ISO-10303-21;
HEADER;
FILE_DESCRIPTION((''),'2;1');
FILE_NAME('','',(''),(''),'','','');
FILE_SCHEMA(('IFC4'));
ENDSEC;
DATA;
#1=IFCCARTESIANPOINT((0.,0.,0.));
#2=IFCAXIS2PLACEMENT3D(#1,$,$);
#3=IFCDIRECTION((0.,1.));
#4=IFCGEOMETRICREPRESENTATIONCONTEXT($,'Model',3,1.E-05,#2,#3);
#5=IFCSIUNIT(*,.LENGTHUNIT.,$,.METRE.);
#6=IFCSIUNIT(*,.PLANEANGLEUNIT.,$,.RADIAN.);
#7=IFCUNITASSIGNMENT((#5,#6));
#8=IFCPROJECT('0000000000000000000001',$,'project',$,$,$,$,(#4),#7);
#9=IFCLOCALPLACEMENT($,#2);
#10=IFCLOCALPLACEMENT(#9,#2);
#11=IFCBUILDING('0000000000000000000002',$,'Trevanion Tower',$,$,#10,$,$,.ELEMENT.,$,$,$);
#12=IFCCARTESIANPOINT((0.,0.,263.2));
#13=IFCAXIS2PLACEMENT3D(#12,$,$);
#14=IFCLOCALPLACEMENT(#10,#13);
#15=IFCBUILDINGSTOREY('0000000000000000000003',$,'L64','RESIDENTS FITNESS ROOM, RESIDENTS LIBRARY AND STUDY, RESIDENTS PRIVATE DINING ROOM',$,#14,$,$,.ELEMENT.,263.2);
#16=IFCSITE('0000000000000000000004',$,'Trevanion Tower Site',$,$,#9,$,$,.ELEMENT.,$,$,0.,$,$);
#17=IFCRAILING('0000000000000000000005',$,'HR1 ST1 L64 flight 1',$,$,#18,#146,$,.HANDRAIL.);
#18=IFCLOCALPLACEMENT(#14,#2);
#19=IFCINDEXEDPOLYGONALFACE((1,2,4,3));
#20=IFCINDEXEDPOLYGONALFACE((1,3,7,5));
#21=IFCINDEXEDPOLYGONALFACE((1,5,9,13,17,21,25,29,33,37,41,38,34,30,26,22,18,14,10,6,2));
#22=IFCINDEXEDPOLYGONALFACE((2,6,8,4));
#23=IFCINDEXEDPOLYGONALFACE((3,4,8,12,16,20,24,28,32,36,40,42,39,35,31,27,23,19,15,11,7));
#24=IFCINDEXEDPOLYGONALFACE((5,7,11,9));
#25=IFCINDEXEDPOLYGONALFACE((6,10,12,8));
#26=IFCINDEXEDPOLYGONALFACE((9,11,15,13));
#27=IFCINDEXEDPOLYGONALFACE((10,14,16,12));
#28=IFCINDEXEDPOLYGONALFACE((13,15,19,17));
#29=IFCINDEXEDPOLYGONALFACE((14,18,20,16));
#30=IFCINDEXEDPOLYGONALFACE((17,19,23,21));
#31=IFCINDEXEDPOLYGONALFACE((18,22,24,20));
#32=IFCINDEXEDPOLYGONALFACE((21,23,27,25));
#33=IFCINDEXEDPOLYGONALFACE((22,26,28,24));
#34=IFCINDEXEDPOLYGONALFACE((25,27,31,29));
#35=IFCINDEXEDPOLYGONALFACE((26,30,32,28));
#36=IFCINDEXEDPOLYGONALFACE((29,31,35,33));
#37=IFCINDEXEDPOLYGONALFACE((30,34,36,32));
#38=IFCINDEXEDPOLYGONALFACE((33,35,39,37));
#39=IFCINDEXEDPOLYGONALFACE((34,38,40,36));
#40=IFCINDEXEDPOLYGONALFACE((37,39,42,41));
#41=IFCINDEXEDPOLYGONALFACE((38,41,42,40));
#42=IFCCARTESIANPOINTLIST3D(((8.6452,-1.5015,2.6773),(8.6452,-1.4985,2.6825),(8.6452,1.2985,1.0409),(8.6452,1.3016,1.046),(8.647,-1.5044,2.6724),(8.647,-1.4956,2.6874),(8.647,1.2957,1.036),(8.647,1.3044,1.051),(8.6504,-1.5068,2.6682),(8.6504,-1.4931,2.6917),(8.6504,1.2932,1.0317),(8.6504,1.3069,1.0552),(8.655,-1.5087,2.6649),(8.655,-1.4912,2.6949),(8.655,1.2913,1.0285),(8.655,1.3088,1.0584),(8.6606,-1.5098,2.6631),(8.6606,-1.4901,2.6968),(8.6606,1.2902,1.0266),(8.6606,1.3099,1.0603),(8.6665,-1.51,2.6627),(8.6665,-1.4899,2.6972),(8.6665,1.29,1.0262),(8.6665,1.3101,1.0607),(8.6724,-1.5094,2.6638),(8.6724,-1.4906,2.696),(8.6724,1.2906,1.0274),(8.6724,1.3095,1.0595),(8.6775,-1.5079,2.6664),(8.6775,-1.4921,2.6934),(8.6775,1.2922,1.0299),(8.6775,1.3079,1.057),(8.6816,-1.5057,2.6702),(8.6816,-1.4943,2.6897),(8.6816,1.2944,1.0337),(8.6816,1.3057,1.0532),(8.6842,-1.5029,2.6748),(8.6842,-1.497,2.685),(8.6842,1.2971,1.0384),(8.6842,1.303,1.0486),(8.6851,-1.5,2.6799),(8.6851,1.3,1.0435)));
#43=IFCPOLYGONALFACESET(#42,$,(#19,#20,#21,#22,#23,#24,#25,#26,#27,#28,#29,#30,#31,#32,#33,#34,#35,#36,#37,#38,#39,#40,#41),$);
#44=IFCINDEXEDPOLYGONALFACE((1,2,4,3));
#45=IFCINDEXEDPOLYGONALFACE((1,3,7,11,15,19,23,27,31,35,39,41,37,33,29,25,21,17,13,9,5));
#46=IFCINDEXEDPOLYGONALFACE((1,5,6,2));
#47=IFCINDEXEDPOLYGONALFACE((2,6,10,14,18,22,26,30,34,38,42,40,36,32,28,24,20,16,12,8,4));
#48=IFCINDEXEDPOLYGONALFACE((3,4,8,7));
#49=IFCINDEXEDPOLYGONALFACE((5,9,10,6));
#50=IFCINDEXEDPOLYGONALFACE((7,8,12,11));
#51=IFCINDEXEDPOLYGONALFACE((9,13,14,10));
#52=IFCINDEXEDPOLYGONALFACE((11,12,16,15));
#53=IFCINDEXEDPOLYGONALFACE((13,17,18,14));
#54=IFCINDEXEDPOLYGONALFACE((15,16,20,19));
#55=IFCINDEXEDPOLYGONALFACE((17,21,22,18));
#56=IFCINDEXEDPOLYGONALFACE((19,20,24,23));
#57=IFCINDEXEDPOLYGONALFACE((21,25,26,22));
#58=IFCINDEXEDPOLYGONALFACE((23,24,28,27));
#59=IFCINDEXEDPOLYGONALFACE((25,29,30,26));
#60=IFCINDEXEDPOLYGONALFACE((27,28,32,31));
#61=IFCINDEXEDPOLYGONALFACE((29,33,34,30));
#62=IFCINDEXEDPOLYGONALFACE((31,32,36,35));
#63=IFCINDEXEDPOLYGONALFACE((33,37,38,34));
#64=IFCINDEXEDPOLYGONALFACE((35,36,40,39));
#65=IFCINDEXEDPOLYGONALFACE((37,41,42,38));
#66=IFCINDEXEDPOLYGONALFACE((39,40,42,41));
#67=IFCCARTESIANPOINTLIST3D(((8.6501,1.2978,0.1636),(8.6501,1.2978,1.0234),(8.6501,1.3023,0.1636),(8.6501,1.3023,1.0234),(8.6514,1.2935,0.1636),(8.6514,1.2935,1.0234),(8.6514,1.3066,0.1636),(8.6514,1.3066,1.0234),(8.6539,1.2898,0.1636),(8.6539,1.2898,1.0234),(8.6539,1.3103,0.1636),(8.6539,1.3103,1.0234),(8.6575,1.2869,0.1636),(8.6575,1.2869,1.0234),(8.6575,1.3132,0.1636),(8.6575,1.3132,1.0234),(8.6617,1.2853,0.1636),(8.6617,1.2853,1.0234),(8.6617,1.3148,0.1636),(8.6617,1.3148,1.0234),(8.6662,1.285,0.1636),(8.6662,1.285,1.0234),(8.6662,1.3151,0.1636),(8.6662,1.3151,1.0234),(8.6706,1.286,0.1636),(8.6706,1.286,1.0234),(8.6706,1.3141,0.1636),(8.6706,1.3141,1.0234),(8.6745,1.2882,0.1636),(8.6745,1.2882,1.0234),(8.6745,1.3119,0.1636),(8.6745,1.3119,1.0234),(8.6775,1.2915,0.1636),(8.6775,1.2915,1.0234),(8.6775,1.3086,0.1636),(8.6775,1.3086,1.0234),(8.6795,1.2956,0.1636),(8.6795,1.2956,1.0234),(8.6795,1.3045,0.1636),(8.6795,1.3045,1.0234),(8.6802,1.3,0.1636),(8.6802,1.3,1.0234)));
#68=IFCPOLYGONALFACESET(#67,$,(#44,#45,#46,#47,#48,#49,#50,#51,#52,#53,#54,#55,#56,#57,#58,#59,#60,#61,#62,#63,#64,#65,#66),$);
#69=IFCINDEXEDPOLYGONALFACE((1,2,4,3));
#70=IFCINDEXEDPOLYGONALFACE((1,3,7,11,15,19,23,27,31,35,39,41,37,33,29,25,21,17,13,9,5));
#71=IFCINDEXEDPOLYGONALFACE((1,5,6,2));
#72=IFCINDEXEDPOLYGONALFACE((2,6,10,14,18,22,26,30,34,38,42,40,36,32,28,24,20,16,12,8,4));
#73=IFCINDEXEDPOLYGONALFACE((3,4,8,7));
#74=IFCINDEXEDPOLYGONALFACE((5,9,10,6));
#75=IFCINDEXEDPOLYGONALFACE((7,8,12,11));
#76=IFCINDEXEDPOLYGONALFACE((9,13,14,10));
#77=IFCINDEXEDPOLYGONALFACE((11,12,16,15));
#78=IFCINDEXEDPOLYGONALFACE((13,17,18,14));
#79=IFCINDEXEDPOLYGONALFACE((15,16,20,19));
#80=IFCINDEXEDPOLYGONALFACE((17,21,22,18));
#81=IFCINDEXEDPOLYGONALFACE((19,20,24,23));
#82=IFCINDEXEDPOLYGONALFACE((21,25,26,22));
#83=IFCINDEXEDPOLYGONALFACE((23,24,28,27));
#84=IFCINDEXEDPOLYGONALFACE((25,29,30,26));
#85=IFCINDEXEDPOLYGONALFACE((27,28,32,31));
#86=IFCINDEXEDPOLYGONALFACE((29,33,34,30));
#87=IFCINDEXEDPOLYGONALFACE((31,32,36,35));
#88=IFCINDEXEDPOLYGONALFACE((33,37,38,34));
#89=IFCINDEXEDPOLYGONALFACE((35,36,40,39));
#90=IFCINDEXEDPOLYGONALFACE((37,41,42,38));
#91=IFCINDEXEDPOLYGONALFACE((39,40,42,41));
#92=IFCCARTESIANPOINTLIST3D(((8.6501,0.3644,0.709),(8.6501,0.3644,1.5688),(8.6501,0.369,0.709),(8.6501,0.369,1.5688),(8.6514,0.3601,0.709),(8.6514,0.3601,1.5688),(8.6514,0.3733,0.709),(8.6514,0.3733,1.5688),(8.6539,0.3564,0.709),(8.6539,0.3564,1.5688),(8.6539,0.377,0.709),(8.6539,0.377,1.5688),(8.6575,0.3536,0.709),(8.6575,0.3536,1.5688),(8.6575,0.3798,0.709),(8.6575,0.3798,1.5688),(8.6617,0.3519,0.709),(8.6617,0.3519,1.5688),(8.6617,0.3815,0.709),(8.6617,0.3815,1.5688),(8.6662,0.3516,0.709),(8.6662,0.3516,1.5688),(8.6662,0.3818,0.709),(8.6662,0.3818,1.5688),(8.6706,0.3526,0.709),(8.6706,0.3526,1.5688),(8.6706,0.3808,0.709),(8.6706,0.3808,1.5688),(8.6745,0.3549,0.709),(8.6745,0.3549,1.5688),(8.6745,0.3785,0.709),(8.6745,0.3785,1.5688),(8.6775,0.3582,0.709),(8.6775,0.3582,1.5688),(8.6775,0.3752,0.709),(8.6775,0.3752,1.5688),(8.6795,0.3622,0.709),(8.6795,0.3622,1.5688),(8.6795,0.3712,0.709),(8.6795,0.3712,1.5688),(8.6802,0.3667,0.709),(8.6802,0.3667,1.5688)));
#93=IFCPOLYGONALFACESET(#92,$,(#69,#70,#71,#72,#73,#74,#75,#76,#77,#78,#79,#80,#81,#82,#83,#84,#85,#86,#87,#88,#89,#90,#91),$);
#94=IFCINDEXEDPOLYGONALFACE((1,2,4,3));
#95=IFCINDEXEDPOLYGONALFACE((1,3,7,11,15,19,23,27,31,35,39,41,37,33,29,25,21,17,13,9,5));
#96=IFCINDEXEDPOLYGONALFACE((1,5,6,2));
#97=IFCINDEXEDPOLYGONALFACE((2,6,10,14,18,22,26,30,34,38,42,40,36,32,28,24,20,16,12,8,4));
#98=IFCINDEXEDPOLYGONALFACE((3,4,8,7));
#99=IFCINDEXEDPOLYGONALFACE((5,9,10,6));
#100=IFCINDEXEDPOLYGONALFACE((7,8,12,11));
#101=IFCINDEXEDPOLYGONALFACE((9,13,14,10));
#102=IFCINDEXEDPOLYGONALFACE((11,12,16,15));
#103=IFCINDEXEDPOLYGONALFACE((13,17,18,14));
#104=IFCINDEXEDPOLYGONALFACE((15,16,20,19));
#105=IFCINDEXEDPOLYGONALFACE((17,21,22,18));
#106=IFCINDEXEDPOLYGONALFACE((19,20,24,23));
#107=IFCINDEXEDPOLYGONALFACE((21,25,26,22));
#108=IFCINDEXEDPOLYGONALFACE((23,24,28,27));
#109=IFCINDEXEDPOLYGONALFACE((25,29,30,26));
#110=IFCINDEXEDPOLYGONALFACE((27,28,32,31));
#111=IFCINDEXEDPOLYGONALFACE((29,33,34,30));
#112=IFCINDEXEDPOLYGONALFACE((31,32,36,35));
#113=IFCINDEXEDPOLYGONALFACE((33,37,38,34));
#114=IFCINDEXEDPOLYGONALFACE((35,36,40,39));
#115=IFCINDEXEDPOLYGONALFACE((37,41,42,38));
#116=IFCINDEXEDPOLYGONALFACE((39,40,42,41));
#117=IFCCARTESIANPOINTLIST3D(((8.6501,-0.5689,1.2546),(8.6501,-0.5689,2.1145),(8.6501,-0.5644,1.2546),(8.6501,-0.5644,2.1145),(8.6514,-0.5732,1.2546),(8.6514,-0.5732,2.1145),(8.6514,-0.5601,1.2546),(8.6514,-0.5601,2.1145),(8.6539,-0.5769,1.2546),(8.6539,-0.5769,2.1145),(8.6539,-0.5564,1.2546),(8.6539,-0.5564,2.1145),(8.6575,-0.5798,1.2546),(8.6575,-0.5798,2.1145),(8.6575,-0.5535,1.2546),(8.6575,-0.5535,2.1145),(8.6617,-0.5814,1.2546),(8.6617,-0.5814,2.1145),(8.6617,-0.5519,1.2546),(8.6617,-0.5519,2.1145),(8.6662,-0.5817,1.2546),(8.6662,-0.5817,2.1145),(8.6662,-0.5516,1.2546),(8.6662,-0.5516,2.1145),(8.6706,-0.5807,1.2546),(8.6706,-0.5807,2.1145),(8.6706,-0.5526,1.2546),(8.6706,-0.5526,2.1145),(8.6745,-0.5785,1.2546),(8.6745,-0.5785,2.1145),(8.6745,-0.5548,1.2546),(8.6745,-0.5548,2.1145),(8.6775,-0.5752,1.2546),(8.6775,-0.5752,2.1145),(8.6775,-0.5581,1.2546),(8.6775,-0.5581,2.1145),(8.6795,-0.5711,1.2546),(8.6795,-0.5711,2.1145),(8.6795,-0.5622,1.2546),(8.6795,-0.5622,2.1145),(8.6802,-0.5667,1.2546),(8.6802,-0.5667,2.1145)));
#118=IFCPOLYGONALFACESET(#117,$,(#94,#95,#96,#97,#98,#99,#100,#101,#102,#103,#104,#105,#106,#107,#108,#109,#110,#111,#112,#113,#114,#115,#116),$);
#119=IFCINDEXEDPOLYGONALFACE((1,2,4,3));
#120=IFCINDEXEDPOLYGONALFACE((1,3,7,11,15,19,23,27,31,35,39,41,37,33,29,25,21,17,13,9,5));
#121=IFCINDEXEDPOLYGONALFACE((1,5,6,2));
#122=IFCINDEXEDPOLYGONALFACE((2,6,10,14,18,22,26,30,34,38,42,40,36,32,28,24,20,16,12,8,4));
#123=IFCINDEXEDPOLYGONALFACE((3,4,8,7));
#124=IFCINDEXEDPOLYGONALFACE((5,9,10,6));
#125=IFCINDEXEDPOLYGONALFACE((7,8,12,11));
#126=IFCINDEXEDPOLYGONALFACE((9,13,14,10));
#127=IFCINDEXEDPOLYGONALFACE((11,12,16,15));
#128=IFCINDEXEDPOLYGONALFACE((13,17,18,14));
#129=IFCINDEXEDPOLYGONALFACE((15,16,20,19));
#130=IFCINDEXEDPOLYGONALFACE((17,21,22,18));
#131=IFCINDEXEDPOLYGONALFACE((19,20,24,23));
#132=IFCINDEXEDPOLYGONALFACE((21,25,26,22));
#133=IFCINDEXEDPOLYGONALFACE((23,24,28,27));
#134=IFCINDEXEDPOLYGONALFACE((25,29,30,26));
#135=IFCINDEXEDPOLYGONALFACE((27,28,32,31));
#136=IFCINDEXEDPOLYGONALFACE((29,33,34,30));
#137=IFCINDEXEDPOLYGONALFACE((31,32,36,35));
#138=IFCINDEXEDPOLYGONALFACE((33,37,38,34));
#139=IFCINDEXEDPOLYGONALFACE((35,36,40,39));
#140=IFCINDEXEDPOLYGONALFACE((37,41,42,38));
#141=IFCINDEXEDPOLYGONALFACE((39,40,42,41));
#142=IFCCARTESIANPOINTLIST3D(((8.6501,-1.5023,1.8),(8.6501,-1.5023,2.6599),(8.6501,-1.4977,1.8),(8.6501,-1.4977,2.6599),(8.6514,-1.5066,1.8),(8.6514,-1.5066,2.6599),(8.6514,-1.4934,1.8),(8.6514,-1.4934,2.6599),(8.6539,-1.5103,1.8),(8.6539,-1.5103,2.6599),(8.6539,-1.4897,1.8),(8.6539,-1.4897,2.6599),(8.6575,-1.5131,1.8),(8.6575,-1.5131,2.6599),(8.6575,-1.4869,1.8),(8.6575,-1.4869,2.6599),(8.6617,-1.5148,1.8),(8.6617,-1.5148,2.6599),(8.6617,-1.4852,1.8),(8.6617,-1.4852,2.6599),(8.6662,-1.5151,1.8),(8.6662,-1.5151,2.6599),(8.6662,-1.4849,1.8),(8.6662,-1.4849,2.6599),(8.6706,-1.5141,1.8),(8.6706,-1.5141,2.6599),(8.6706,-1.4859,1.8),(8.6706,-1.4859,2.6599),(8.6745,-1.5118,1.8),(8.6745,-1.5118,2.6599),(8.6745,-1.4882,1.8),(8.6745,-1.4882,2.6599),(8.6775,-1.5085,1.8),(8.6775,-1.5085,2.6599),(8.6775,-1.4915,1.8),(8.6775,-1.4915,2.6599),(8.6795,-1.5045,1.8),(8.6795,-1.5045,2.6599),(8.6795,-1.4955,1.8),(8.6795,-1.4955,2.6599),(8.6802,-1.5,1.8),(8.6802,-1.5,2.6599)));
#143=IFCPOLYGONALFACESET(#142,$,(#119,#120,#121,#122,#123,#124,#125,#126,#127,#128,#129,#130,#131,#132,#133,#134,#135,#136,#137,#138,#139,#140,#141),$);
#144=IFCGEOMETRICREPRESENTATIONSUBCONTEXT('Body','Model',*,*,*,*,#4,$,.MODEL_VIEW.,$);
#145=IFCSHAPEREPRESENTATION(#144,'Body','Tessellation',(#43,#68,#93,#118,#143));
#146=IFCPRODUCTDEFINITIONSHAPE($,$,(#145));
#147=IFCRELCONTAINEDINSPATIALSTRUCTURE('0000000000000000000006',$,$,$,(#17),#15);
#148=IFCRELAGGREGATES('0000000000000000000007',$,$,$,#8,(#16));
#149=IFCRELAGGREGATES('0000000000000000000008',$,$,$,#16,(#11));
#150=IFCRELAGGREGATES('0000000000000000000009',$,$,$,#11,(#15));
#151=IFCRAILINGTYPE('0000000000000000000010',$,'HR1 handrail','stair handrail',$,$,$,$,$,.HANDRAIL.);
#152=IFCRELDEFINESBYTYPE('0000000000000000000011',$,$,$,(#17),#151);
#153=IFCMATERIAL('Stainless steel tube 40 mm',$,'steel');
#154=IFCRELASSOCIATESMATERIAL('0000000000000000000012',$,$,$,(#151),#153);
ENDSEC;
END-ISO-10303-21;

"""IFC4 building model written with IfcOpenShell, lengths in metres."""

from ifc_helpers import new_model, si_unit, direction, frame, origin, origin_2d, place, context, subcontext, project, spatial, circle, extrude, material, type_object, element, save


model = new_model("IFC4")

# Units and contexts
model_context = context("Model", 3, precision=1e-05, world=origin(), true_north=direction((0.0, 1.0)))
body_context = subcontext(model_context, "Body", "Model", "MODEL_VIEW")
ifc_project = project(units=[si_unit("LENGTHUNIT", "METRE"), si_unit("PLANEANGLEUNIT", "RADIAN")], contexts=[model_context])

# Site, building, storey
site_placement = place(None, origin())
site = spatial("IfcSite", under=ifc_project, at=site_placement, Name="Trevanion Tower Site", CompositionType="ELEMENT", RefElevation=0.0)
building_placement = place(site_placement, origin())
building = spatial("IfcBuilding", under=site, at=building_placement, Name="Trevanion Tower", CompositionType="ELEMENT")
storey_placement = place(building_placement, frame((0.0, 0.0, 263.2)))
storey = spatial("IfcBuildingStorey", under=building, at=storey_placement, Name="L64", Description="RESIDENTS FITNESS ROOM, RESIDENTS LIBRARY AND STUDY, RESIDENTS PRIVATE DINING ROOM", CompositionType="ELEMENT", Elevation=263.2)

# Railing
ifc_material_1 = material(Name="Stainless steel tube 40 mm", Category="steel")
railing_type = type_object("IfcRailingType", Name="HR1 handrail", Description="stair handrail", PredefinedType="HANDRAIL", material=ifc_material_1)
for number, where, name in (
    (1, (8.665, 1.3, 0.1636), "HR1 ST1 L64 flight 1"),
):
    element("IfcRailing", number, at=place(storey_placement, frame(where)), inside=storey, type_object=railing_type, Name=name, PredefinedType="HANDRAIL", context=body_context, shape_type="SweptSolid", body=[
        extrude(circle(Radius=0.02, at=origin_2d()), frame((0.0, 0.0, 0.8799), z_axis=(0.0, -0.863361, 0.504587), x_axis=(1.0, 0.0, 0.0)), (0.0, 0.0, 1.0), 3.2432),
        extrude(circle(Radius=0.0151, at=origin_2d()), origin(), (0.0, 0.0, 1.0), 0.8599),
        extrude(circle(Radius=0.0151, at=origin_2d()), frame((0.0, -0.9333, 0.5454)), (0.0, 0.0, 1.0), 0.8599),
        extrude(circle(Radius=0.0151, at=origin_2d()), frame((0.0, -1.8667, 1.0911)), (0.0, 0.0, 1.0), 0.8599),
        extrude(circle(Radius=0.0151, at=origin_2d()), frame((0.0, -2.8, 1.6365)), (0.0, 0.0, 1.0), 0.8599),
    ])

save(model, "model.ifc")
